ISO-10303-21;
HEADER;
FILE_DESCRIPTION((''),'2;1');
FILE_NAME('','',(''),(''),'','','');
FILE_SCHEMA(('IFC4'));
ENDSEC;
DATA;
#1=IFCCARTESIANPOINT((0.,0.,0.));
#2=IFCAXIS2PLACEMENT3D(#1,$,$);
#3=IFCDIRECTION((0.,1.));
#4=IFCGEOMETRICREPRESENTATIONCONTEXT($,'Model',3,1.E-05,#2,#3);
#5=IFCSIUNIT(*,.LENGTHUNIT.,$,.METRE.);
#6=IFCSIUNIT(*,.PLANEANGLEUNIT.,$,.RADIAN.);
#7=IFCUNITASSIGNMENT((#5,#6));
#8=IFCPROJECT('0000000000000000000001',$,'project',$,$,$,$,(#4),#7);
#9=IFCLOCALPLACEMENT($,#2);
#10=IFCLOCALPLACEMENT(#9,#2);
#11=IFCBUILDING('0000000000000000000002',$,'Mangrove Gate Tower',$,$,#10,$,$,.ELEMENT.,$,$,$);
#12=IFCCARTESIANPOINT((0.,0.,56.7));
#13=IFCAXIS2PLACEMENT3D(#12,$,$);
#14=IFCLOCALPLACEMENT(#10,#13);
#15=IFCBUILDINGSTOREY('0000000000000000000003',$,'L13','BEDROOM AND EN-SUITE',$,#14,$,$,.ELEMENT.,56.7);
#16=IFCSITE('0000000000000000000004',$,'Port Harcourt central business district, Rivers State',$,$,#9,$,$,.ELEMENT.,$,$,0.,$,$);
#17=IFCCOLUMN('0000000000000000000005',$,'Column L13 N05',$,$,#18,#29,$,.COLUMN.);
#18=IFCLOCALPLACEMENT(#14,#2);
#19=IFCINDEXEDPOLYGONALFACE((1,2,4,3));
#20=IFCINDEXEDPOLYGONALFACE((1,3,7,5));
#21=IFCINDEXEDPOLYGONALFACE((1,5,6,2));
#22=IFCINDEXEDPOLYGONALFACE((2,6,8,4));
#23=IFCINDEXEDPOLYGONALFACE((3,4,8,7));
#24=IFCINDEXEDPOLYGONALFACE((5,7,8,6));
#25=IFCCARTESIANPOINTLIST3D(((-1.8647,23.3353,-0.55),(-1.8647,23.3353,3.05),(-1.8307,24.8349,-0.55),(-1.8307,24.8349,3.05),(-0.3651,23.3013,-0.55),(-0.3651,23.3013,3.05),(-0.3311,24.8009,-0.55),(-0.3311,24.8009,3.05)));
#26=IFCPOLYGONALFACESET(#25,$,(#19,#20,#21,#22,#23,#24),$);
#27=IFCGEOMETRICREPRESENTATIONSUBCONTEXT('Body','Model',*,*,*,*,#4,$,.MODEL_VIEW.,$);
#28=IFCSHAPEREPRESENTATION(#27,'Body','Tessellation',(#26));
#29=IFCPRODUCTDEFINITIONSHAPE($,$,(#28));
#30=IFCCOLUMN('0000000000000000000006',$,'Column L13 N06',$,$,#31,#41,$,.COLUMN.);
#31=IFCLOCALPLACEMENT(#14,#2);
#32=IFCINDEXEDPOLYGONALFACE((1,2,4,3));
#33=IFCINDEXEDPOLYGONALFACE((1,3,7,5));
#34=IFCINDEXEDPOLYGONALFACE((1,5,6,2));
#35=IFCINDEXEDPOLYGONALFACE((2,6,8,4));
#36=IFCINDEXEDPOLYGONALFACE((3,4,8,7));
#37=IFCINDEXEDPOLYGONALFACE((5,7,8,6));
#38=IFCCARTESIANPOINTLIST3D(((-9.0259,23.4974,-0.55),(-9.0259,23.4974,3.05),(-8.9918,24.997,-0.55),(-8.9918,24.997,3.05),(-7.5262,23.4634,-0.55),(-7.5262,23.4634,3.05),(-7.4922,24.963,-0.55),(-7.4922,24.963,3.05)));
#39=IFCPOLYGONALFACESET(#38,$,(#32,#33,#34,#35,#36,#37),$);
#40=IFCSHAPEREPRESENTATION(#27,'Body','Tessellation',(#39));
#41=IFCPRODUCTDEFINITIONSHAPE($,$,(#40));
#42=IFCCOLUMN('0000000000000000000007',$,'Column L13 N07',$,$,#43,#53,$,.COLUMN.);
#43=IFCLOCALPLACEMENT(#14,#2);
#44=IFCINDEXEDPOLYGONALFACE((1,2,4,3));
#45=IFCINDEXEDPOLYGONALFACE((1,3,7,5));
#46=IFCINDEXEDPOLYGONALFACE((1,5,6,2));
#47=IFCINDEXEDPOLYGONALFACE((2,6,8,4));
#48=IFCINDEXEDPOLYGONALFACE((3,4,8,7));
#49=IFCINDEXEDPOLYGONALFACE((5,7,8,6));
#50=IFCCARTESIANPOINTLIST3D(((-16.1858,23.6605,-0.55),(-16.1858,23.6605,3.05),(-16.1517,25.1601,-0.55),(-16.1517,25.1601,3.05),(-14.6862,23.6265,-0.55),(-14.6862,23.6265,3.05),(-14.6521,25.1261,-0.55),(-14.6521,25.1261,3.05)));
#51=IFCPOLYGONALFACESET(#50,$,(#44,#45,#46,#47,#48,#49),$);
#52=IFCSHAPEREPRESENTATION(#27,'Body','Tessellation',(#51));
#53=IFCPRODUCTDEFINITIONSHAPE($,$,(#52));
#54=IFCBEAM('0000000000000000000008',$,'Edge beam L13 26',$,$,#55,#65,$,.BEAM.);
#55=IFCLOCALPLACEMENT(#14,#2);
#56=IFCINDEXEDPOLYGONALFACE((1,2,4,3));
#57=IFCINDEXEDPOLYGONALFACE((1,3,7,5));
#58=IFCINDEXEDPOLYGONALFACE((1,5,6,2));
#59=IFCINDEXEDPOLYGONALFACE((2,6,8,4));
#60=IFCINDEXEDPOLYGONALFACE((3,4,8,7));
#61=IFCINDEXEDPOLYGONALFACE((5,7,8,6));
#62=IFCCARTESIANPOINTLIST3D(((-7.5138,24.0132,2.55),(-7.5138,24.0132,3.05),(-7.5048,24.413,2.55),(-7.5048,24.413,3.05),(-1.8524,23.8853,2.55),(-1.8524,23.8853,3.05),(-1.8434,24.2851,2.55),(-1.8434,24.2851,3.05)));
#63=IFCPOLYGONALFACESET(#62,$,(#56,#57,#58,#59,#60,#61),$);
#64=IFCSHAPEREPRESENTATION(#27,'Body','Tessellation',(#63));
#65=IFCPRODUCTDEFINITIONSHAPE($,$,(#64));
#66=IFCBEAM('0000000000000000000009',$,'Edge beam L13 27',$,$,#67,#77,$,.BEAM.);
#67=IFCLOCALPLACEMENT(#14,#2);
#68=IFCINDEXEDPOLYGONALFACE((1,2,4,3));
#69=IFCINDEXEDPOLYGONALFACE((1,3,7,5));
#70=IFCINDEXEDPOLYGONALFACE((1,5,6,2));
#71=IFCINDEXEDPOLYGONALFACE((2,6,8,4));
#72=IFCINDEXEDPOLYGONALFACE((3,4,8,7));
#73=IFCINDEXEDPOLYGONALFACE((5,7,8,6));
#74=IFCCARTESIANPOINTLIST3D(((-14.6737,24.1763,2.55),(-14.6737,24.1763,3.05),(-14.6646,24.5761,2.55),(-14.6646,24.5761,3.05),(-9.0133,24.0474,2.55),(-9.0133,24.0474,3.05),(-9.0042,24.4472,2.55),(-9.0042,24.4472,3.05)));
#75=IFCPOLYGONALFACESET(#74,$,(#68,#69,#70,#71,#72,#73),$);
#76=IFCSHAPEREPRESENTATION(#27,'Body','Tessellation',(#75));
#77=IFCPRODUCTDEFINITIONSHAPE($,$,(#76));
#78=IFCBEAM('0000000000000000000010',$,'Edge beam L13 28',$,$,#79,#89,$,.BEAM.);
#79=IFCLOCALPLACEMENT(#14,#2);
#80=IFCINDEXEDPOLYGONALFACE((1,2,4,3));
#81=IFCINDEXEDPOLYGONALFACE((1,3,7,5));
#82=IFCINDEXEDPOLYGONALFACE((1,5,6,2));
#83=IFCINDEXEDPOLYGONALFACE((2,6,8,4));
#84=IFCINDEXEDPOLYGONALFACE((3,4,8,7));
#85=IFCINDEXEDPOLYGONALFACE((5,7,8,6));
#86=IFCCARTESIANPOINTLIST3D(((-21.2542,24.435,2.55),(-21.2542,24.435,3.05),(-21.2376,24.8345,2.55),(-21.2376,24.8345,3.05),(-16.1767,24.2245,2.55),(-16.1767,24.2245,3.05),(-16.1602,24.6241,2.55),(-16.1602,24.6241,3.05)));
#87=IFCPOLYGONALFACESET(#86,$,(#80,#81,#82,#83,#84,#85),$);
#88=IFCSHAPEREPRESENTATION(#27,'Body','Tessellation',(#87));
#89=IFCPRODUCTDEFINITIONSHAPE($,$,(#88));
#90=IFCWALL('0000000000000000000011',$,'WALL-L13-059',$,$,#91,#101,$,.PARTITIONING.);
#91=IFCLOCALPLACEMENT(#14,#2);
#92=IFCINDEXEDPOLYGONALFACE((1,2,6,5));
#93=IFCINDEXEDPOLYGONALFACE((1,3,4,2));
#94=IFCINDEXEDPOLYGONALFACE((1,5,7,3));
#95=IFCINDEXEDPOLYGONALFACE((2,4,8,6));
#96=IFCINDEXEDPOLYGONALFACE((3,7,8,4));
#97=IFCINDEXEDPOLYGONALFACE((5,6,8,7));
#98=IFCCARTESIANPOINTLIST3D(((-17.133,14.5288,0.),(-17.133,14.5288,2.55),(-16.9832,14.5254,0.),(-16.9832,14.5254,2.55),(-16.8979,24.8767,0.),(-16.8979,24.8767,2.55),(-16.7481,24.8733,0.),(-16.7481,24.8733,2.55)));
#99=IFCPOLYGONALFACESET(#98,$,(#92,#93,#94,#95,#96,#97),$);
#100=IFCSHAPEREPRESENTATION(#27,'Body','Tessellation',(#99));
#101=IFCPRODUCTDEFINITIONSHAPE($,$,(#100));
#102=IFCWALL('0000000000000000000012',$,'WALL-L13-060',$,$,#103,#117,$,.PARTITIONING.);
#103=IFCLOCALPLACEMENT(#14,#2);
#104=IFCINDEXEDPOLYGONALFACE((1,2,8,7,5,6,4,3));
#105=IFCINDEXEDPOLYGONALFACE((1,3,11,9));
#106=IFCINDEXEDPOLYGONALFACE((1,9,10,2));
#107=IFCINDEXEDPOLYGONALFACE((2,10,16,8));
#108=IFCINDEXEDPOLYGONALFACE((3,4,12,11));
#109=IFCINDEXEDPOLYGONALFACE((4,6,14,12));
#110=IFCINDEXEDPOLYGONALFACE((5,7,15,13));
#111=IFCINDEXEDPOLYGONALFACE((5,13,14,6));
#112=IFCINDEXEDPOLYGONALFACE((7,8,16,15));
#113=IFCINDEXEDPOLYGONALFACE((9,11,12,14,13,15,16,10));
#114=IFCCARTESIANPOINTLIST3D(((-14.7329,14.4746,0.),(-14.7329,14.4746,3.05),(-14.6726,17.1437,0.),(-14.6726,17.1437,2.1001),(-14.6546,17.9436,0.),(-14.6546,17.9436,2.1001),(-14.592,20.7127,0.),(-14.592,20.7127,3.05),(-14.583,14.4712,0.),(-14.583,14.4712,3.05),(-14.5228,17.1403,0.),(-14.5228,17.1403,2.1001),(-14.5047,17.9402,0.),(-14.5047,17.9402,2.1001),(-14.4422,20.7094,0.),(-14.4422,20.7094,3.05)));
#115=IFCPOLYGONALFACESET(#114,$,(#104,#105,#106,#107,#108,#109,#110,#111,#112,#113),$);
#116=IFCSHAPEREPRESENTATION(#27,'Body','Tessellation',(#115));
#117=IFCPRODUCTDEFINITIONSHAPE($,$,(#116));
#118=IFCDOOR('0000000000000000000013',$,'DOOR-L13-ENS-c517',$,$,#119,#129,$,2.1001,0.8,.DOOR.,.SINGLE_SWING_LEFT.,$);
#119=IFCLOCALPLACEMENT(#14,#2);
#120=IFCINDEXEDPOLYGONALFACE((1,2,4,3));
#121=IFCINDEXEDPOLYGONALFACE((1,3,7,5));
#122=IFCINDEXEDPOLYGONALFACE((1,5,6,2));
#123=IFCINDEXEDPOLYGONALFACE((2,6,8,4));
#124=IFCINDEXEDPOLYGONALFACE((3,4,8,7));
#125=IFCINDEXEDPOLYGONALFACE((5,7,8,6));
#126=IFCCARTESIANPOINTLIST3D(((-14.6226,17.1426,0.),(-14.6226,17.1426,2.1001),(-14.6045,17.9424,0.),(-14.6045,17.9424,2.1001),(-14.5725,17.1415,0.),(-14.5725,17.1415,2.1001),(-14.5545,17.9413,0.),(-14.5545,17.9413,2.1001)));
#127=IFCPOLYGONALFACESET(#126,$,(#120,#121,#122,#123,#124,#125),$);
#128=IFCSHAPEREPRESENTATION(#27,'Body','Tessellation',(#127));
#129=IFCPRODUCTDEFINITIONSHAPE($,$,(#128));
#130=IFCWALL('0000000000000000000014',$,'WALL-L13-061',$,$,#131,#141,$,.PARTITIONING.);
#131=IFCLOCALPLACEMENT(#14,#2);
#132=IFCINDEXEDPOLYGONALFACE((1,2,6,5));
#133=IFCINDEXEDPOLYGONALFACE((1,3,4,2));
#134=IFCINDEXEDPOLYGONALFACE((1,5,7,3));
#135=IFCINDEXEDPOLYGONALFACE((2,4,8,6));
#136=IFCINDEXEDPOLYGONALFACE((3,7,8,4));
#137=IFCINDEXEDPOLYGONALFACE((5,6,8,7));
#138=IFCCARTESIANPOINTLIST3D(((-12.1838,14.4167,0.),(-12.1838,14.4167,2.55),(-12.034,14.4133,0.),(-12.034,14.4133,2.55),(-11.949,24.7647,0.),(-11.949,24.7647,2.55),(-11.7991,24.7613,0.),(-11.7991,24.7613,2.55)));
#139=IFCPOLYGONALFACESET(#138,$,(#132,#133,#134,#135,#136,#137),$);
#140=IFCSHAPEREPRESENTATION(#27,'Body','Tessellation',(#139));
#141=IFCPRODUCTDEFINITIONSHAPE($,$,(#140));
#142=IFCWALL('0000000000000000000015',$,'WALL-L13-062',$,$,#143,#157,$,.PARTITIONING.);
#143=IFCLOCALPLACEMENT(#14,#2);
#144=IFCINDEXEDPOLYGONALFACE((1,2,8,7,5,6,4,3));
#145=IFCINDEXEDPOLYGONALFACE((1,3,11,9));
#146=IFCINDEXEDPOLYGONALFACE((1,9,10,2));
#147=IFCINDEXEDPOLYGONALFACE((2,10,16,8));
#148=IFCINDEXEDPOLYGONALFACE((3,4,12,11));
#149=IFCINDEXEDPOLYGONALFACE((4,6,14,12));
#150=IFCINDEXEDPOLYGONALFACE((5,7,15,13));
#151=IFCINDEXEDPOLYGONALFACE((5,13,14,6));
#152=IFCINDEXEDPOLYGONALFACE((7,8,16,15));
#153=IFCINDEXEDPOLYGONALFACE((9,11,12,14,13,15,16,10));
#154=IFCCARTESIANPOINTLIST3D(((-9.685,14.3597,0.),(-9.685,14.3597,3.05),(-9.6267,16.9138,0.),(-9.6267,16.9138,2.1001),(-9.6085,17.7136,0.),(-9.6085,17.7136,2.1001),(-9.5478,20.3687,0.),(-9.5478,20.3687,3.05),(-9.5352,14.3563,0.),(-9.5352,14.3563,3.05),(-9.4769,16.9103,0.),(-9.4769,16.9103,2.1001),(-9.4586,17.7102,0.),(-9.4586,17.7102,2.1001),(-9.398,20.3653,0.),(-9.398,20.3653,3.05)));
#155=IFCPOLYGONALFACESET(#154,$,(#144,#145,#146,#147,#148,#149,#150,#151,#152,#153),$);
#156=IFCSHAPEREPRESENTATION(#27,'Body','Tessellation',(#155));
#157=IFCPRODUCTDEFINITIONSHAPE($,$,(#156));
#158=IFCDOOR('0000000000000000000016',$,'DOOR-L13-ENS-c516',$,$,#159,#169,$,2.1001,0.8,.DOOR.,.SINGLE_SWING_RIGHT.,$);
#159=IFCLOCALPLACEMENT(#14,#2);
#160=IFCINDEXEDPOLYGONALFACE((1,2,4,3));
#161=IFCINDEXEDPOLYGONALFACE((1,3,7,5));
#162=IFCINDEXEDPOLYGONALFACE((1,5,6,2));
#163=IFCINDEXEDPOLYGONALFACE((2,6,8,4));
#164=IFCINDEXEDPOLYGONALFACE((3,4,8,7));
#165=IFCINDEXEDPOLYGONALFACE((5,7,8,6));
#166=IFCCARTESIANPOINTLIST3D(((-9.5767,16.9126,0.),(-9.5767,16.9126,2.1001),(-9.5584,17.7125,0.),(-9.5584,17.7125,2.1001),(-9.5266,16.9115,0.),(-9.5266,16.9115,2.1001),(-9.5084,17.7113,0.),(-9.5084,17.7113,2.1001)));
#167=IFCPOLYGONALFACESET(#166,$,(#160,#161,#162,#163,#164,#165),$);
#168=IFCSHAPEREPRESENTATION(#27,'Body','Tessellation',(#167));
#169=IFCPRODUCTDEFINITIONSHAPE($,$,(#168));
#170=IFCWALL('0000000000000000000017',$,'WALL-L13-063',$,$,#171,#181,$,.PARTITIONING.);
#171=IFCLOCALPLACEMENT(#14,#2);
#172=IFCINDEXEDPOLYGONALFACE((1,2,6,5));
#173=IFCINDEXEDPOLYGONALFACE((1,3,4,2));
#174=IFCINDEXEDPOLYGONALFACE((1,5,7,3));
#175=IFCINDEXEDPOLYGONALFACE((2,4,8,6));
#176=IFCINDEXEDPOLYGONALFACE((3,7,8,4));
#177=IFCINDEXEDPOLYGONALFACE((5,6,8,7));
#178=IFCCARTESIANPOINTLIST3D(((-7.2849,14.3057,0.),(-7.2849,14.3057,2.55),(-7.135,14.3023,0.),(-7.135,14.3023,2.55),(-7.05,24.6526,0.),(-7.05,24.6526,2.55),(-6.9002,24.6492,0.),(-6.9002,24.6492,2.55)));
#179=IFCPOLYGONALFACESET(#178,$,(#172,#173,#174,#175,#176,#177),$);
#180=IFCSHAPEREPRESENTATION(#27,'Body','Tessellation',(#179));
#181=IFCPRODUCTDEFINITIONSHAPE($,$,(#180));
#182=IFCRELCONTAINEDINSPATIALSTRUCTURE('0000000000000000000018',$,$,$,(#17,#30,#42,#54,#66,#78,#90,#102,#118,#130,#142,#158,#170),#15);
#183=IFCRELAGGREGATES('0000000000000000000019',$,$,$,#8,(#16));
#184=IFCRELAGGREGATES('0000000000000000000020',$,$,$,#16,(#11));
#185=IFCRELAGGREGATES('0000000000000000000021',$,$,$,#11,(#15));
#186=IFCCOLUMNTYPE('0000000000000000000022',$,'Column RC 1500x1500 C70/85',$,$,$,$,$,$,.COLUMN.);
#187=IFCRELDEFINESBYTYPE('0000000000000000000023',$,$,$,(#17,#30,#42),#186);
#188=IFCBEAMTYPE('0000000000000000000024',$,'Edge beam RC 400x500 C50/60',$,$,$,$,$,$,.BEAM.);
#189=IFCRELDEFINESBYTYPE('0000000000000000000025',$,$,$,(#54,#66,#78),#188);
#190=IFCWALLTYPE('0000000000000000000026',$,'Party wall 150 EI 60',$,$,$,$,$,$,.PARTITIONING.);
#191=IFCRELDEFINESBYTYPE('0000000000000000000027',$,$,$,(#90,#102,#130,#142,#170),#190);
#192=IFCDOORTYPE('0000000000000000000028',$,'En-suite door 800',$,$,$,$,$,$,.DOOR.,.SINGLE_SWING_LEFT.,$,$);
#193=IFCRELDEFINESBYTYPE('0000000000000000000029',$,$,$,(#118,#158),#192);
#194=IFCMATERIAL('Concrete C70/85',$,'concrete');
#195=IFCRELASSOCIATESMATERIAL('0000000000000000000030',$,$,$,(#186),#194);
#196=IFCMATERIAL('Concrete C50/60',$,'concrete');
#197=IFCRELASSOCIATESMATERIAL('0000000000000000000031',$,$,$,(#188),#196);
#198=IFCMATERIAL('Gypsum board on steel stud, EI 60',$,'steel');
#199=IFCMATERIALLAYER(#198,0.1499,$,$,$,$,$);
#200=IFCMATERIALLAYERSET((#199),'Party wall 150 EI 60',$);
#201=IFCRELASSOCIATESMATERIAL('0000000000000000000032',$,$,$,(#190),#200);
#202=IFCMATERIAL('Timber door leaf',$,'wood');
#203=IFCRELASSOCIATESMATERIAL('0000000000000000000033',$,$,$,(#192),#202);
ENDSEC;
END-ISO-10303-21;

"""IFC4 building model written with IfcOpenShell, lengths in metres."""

from ifc_helpers import new_model, si_unit, direction, frame, frame_2d, origin, origin_2d, place, context, subcontext, project, spatial, rectangle, extrude, material, layer, layer_set, material_profile, profile_set, type_object, element, fill, save


model = new_model("IFC4")

# Units and contexts
model_context = context("Model", 3, precision=1e-05, world=origin(), true_north=direction((0.0, 1.0)))
body_context = subcontext(model_context, "Body", "Model", "MODEL_VIEW")
ifc_project = project(units=[si_unit("LENGTHUNIT", "METRE"), si_unit("PLANEANGLEUNIT", "RADIAN")], contexts=[model_context])

# Site, building, storey
site_placement = place(None, origin())
site = spatial("IfcSite", under=ifc_project, at=site_placement, Name="Port Harcourt central business district, Rivers State", CompositionType="ELEMENT", RefElevation=0.0)
building_placement = place(site_placement, origin())
building = spatial("IfcBuilding", under=site, at=building_placement, Name="Mangrove Gate Tower", CompositionType="ELEMENT")
storey_placement = place(building_placement, frame((0.0, 0.0, 56.7)))
storey = spatial("IfcBuildingStorey", under=building, at=storey_placement, Name="L13", Description="BEDROOM AND EN-SUITE", CompositionType="ELEMENT", Elevation=56.7)

# Columns
ifc_material_1 = material(Name="Concrete C70/85", Category="concrete")
ifc_material_profile_1 = material_profile(ifc_material_1, rectangle(XDim=1.5, YDim=1.5, at=origin_2d()))
ifc_profile_set_1 = profile_set([ifc_material_profile_1], Name="Concrete C70/85")
column_type = type_object("IfcColumnType", Name="Column RC 1500x1500 C70/85", PredefinedType="COLUMN", material=ifc_profile_set_1)
for number, where, z_axis, x_axis, name in (
    (1, (-1.0979, 24.0681, -0.55), (0.0, 0.0, 1.0), (-0.999743, 0.022688, 0.0), "Column L13 N05"),
    (2, (-8.259, 24.2302, -0.55), (0.0, 0.0, 1.0), (-0.999743, 0.022688, 0.0), "Column L13 N06"),
    (3, (-15.4189, 24.3933, -0.55), (0.0, 0.0, 1.0), (-0.999743, 0.022688, 0.0), "Column L13 N07"),
):
    element("IfcColumn", number, at=place(storey_placement, frame(where, z_axis=z_axis, x_axis=x_axis)), inside=storey, type_object=column_type, Name=name, PredefinedType="COLUMN", context=body_context, shape_type="SweptSolid", body=[
        extrude(rectangle(XDim=1.5, YDim=1.5, at=origin_2d()), origin(), (0.0, 0.0, 1.0), 3.6001),
    ])

# Beams
ifc_material_2 = material(Name="Concrete C50/60", Category="concrete")
ifc_material_profile_2 = material_profile(ifc_material_2, rectangle(XDim=0.3999, YDim=0.5, at=origin_2d()))
ifc_profile_set_2 = profile_set([ifc_material_profile_2], Name="Concrete C50/60")
beam_type = type_object("IfcBeamType", Name="Edge beam RC 400x500 C50/60", PredefinedType="BEAM", material=ifc_profile_set_2)
beam_1_placement = place(storey_placement, frame((-1.8479, 24.0852, 2.8), z_axis=(-0.999745, 0.022591, 0.0), x_axis=(-0.022591, -0.999745, 0.0)))
element("IfcBeam", 4, at=beam_1_placement, inside=storey, type_object=beam_type, Name="Edge beam L13 26", PredefinedType="BEAM", context=body_context, shape_type="SweptSolid", body=[
    extrude(rectangle(XDim=0.3999, YDim=0.5, at=origin_2d()), origin(), (0.0, 0.0, 1.0), 5.6628),
])
beam_2_placement = place(storey_placement, frame((-9.0088, 24.2473, 2.8), z_axis=(-0.999741, 0.022767, 0.0), x_axis=(-0.022767, -0.999741, 0.0)))
element("IfcBeam", 5, at=beam_2_placement, inside=storey, type_object=beam_type, Name="Edge beam L13 27", PredefinedType="BEAM", context=body_context, shape_type="SweptSolid", body=[
    extrude(rectangle(XDim=0.3999, YDim=0.5, at=origin_2d()), origin(), (0.0, 0.0, 1.0), 5.6619),
])
beam_3_placement = place(storey_placement, frame((-16.1685, 24.4243, 2.8), z_axis=(-0.999142, 0.041413, 0.0), x_axis=(-0.041413, -0.999142, 0.0)))
element("IfcBeam", 6, at=beam_3_placement, inside=storey, type_object=beam_type, Name="Edge beam L13 28", PredefinedType="BEAM", context=body_context, shape_type="SweptSolid", body=[
    extrude(rectangle(XDim=0.3999, YDim=0.5, at=origin_2d()), origin(), (0.0, 0.0, 1.0), 5.0818),
])

# Wall
ifc_material_3 = material(Name="Gypsum board on steel stud, EI 60", Category="steel")
ifc_layer = layer(ifc_material_3, 0.1499)
ifc_layer_set = layer_set([ifc_layer], Name="Party wall 150 EI 60")
wall_type = type_object("IfcWallType", Name="Party wall 150 EI 60", PredefinedType="PARTITIONING", material=ifc_layer_set)
wall_1_placement = place(storey_placement, frame((-17.0581, 14.5271, 0.0), z_axis=(0.0, 0.0, 1.0), x_axis=(0.022714, 0.999742, 0.0)))
element("IfcWall", 7, at=wall_1_placement, inside=storey, type_object=wall_type, Name="WALL-L13-059", PredefinedType="PARTITIONING", context=body_context, shape_type="SweptSolid", body=[
    extrude(rectangle(XDim=10.3506, YDim=0.1499, at=frame_2d((5.1753, 0.0))), origin(), (0.0, 0.0, 1.0), 2.55),
])

# Wall, opening, door
wall_2_placement = place(storey_placement, frame((-14.658, 14.4729, 0.0), z_axis=(0.0, 0.0, 1.0), x_axis=(0.022577, 0.999745, 0.0)))
wall_2 = element("IfcWall", 8, at=wall_2_placement, inside=storey, type_object=wall_type, Name="WALL-L13-060", PredefinedType="PARTITIONING", context=body_context, shape_type="SweptSolid", body=[
    extrude(rectangle(XDim=6.2397, YDim=0.1499, at=frame_2d((3.1199, 0.0))), origin(), (0.0, 0.0, 1.0), 3.05),
])
opening_1_placement = place(wall_2_placement, frame((2.6699, 0.0, 0.0)))
opening_1 = element("IfcOpeningElement", 9, at=opening_1_placement, cuts=wall_2, PredefinedType="OPENING", context=body_context, shape_type="SweptSolid", body=[
    extrude(rectangle(XDim=0.8, YDim=2.1001, at=frame_2d((0.3999, 1.05))), frame((0.0, 0.085, 0.0), z_axis=(0.0, -1.0, 0.0), x_axis=(1.0, 0.0, 0.0)), (0.0, 0.0, 1.0), 0.1699),
])
ifc_material_4 = material(Name="Timber door leaf", Category="wood")
door_type = type_object("IfcDoorType", Name="En-suite door 800", OperationType="SINGLE_SWING_LEFT", PredefinedType="DOOR", material=ifc_material_4)
door_1_placement = place(opening_1_placement, origin())
door_1 = element("IfcDoor", 10, at=door_1_placement, inside=storey, type_object=door_type, Name="DOOR-L13-ENS-c517", OperationType="SINGLE_SWING_LEFT", OverallHeight=2.1001, OverallWidth=0.8, PredefinedType="DOOR", context=body_context, shape_type="SweptSolid", body=[
    extrude(rectangle(XDim=0.8, YDim=2.1001, at=frame_2d((0.3999, 1.05))), frame((0.0, 0.0249, 0.0), z_axis=(0.0, -1.0, 0.0), x_axis=(1.0, 0.0, 0.0)), (0.0, 0.0, 1.0), 0.05),
])
fill(opening_1, door_1)

# Wall
wall_3_placement = place(storey_placement, frame((-12.1089, 14.415, 0.0), z_axis=(0.0, 0.0, 1.0), x_axis=(0.022691, 0.999743, 0.0)))
element("IfcWall", 11, at=wall_3_placement, inside=storey, type_object=wall_type, Name="WALL-L13-061", PredefinedType="PARTITIONING", context=body_context, shape_type="SweptSolid", body=[
    extrude(rectangle(XDim=10.3506, YDim=0.1499, at=frame_2d((5.1753, 0.0))), origin(), (0.0, 0.0, 1.0), 2.55),
])

# Wall, opening, door
wall_4_placement = place(storey_placement, frame((-9.6101, 14.3579, 0.0), z_axis=(0.0, 0.0, 1.0), x_axis=(0.022828, 0.999739, 0.0)))
wall_4 = element("IfcWall", 12, at=wall_4_placement, inside=storey, type_object=wall_type, Name="WALL-L13-062", PredefinedType="PARTITIONING", context=body_context, shape_type="SweptSolid", body=[
    extrude(rectangle(XDim=6.0105, YDim=0.1499, at=frame_2d((3.0054, 0.0))), origin(), (0.0, 0.0, 1.0), 3.05),
])
opening_2_placement = place(wall_4_placement, frame((2.5549, 0.0, 0.0)))
opening_2 = element("IfcOpeningElement", 13, at=opening_2_placement, cuts=wall_4, PredefinedType="OPENING", context=body_context, shape_type="SweptSolid", body=[
    extrude(rectangle(XDim=0.8, YDim=2.1001, at=frame_2d((0.3999, 1.05))), frame((0.0, 0.085, 0.0), z_axis=(0.0, -1.0, 0.0), x_axis=(1.0, 0.0, 0.0)), (0.0, 0.0, 1.0), 0.1699),
])
door_2_placement = place(opening_2_placement, origin())
door_2 = element("IfcDoor", 14, at=door_2_placement, inside=storey, type_object=door_type, Name="DOOR-L13-ENS-c516", OperationType="SINGLE_SWING_RIGHT", OverallHeight=2.1001, OverallWidth=0.8, PredefinedType="DOOR", context=body_context, shape_type="SweptSolid", body=[
    extrude(rectangle(XDim=0.8, YDim=2.1001, at=frame_2d((0.3999, 1.05))), frame((0.0, 0.0249, 0.0), z_axis=(0.0, -1.0, 0.0), x_axis=(1.0, 0.0, 0.0)), (0.0, 0.0, 1.0), 0.05),
])
fill(opening_2, door_2)

# Wall
wall_5_placement = place(storey_placement, frame((-7.21, 14.304, 0.0), z_axis=(0.0, 0.0, 1.0), x_axis=(0.022693, 0.999742, 0.0)))
element("IfcWall", 15, at=wall_5_placement, inside=storey, type_object=wall_type, Name="WALL-L13-063", PredefinedType="PARTITIONING", context=body_context, shape_type="SweptSolid", body=[
    extrude(rectangle(XDim=10.3496, YDim=0.1499, at=frame_2d((5.1748, 0.0))), origin(), (0.0, 0.0, 1.0), 2.55),
])

save(model, "model.ifc")
